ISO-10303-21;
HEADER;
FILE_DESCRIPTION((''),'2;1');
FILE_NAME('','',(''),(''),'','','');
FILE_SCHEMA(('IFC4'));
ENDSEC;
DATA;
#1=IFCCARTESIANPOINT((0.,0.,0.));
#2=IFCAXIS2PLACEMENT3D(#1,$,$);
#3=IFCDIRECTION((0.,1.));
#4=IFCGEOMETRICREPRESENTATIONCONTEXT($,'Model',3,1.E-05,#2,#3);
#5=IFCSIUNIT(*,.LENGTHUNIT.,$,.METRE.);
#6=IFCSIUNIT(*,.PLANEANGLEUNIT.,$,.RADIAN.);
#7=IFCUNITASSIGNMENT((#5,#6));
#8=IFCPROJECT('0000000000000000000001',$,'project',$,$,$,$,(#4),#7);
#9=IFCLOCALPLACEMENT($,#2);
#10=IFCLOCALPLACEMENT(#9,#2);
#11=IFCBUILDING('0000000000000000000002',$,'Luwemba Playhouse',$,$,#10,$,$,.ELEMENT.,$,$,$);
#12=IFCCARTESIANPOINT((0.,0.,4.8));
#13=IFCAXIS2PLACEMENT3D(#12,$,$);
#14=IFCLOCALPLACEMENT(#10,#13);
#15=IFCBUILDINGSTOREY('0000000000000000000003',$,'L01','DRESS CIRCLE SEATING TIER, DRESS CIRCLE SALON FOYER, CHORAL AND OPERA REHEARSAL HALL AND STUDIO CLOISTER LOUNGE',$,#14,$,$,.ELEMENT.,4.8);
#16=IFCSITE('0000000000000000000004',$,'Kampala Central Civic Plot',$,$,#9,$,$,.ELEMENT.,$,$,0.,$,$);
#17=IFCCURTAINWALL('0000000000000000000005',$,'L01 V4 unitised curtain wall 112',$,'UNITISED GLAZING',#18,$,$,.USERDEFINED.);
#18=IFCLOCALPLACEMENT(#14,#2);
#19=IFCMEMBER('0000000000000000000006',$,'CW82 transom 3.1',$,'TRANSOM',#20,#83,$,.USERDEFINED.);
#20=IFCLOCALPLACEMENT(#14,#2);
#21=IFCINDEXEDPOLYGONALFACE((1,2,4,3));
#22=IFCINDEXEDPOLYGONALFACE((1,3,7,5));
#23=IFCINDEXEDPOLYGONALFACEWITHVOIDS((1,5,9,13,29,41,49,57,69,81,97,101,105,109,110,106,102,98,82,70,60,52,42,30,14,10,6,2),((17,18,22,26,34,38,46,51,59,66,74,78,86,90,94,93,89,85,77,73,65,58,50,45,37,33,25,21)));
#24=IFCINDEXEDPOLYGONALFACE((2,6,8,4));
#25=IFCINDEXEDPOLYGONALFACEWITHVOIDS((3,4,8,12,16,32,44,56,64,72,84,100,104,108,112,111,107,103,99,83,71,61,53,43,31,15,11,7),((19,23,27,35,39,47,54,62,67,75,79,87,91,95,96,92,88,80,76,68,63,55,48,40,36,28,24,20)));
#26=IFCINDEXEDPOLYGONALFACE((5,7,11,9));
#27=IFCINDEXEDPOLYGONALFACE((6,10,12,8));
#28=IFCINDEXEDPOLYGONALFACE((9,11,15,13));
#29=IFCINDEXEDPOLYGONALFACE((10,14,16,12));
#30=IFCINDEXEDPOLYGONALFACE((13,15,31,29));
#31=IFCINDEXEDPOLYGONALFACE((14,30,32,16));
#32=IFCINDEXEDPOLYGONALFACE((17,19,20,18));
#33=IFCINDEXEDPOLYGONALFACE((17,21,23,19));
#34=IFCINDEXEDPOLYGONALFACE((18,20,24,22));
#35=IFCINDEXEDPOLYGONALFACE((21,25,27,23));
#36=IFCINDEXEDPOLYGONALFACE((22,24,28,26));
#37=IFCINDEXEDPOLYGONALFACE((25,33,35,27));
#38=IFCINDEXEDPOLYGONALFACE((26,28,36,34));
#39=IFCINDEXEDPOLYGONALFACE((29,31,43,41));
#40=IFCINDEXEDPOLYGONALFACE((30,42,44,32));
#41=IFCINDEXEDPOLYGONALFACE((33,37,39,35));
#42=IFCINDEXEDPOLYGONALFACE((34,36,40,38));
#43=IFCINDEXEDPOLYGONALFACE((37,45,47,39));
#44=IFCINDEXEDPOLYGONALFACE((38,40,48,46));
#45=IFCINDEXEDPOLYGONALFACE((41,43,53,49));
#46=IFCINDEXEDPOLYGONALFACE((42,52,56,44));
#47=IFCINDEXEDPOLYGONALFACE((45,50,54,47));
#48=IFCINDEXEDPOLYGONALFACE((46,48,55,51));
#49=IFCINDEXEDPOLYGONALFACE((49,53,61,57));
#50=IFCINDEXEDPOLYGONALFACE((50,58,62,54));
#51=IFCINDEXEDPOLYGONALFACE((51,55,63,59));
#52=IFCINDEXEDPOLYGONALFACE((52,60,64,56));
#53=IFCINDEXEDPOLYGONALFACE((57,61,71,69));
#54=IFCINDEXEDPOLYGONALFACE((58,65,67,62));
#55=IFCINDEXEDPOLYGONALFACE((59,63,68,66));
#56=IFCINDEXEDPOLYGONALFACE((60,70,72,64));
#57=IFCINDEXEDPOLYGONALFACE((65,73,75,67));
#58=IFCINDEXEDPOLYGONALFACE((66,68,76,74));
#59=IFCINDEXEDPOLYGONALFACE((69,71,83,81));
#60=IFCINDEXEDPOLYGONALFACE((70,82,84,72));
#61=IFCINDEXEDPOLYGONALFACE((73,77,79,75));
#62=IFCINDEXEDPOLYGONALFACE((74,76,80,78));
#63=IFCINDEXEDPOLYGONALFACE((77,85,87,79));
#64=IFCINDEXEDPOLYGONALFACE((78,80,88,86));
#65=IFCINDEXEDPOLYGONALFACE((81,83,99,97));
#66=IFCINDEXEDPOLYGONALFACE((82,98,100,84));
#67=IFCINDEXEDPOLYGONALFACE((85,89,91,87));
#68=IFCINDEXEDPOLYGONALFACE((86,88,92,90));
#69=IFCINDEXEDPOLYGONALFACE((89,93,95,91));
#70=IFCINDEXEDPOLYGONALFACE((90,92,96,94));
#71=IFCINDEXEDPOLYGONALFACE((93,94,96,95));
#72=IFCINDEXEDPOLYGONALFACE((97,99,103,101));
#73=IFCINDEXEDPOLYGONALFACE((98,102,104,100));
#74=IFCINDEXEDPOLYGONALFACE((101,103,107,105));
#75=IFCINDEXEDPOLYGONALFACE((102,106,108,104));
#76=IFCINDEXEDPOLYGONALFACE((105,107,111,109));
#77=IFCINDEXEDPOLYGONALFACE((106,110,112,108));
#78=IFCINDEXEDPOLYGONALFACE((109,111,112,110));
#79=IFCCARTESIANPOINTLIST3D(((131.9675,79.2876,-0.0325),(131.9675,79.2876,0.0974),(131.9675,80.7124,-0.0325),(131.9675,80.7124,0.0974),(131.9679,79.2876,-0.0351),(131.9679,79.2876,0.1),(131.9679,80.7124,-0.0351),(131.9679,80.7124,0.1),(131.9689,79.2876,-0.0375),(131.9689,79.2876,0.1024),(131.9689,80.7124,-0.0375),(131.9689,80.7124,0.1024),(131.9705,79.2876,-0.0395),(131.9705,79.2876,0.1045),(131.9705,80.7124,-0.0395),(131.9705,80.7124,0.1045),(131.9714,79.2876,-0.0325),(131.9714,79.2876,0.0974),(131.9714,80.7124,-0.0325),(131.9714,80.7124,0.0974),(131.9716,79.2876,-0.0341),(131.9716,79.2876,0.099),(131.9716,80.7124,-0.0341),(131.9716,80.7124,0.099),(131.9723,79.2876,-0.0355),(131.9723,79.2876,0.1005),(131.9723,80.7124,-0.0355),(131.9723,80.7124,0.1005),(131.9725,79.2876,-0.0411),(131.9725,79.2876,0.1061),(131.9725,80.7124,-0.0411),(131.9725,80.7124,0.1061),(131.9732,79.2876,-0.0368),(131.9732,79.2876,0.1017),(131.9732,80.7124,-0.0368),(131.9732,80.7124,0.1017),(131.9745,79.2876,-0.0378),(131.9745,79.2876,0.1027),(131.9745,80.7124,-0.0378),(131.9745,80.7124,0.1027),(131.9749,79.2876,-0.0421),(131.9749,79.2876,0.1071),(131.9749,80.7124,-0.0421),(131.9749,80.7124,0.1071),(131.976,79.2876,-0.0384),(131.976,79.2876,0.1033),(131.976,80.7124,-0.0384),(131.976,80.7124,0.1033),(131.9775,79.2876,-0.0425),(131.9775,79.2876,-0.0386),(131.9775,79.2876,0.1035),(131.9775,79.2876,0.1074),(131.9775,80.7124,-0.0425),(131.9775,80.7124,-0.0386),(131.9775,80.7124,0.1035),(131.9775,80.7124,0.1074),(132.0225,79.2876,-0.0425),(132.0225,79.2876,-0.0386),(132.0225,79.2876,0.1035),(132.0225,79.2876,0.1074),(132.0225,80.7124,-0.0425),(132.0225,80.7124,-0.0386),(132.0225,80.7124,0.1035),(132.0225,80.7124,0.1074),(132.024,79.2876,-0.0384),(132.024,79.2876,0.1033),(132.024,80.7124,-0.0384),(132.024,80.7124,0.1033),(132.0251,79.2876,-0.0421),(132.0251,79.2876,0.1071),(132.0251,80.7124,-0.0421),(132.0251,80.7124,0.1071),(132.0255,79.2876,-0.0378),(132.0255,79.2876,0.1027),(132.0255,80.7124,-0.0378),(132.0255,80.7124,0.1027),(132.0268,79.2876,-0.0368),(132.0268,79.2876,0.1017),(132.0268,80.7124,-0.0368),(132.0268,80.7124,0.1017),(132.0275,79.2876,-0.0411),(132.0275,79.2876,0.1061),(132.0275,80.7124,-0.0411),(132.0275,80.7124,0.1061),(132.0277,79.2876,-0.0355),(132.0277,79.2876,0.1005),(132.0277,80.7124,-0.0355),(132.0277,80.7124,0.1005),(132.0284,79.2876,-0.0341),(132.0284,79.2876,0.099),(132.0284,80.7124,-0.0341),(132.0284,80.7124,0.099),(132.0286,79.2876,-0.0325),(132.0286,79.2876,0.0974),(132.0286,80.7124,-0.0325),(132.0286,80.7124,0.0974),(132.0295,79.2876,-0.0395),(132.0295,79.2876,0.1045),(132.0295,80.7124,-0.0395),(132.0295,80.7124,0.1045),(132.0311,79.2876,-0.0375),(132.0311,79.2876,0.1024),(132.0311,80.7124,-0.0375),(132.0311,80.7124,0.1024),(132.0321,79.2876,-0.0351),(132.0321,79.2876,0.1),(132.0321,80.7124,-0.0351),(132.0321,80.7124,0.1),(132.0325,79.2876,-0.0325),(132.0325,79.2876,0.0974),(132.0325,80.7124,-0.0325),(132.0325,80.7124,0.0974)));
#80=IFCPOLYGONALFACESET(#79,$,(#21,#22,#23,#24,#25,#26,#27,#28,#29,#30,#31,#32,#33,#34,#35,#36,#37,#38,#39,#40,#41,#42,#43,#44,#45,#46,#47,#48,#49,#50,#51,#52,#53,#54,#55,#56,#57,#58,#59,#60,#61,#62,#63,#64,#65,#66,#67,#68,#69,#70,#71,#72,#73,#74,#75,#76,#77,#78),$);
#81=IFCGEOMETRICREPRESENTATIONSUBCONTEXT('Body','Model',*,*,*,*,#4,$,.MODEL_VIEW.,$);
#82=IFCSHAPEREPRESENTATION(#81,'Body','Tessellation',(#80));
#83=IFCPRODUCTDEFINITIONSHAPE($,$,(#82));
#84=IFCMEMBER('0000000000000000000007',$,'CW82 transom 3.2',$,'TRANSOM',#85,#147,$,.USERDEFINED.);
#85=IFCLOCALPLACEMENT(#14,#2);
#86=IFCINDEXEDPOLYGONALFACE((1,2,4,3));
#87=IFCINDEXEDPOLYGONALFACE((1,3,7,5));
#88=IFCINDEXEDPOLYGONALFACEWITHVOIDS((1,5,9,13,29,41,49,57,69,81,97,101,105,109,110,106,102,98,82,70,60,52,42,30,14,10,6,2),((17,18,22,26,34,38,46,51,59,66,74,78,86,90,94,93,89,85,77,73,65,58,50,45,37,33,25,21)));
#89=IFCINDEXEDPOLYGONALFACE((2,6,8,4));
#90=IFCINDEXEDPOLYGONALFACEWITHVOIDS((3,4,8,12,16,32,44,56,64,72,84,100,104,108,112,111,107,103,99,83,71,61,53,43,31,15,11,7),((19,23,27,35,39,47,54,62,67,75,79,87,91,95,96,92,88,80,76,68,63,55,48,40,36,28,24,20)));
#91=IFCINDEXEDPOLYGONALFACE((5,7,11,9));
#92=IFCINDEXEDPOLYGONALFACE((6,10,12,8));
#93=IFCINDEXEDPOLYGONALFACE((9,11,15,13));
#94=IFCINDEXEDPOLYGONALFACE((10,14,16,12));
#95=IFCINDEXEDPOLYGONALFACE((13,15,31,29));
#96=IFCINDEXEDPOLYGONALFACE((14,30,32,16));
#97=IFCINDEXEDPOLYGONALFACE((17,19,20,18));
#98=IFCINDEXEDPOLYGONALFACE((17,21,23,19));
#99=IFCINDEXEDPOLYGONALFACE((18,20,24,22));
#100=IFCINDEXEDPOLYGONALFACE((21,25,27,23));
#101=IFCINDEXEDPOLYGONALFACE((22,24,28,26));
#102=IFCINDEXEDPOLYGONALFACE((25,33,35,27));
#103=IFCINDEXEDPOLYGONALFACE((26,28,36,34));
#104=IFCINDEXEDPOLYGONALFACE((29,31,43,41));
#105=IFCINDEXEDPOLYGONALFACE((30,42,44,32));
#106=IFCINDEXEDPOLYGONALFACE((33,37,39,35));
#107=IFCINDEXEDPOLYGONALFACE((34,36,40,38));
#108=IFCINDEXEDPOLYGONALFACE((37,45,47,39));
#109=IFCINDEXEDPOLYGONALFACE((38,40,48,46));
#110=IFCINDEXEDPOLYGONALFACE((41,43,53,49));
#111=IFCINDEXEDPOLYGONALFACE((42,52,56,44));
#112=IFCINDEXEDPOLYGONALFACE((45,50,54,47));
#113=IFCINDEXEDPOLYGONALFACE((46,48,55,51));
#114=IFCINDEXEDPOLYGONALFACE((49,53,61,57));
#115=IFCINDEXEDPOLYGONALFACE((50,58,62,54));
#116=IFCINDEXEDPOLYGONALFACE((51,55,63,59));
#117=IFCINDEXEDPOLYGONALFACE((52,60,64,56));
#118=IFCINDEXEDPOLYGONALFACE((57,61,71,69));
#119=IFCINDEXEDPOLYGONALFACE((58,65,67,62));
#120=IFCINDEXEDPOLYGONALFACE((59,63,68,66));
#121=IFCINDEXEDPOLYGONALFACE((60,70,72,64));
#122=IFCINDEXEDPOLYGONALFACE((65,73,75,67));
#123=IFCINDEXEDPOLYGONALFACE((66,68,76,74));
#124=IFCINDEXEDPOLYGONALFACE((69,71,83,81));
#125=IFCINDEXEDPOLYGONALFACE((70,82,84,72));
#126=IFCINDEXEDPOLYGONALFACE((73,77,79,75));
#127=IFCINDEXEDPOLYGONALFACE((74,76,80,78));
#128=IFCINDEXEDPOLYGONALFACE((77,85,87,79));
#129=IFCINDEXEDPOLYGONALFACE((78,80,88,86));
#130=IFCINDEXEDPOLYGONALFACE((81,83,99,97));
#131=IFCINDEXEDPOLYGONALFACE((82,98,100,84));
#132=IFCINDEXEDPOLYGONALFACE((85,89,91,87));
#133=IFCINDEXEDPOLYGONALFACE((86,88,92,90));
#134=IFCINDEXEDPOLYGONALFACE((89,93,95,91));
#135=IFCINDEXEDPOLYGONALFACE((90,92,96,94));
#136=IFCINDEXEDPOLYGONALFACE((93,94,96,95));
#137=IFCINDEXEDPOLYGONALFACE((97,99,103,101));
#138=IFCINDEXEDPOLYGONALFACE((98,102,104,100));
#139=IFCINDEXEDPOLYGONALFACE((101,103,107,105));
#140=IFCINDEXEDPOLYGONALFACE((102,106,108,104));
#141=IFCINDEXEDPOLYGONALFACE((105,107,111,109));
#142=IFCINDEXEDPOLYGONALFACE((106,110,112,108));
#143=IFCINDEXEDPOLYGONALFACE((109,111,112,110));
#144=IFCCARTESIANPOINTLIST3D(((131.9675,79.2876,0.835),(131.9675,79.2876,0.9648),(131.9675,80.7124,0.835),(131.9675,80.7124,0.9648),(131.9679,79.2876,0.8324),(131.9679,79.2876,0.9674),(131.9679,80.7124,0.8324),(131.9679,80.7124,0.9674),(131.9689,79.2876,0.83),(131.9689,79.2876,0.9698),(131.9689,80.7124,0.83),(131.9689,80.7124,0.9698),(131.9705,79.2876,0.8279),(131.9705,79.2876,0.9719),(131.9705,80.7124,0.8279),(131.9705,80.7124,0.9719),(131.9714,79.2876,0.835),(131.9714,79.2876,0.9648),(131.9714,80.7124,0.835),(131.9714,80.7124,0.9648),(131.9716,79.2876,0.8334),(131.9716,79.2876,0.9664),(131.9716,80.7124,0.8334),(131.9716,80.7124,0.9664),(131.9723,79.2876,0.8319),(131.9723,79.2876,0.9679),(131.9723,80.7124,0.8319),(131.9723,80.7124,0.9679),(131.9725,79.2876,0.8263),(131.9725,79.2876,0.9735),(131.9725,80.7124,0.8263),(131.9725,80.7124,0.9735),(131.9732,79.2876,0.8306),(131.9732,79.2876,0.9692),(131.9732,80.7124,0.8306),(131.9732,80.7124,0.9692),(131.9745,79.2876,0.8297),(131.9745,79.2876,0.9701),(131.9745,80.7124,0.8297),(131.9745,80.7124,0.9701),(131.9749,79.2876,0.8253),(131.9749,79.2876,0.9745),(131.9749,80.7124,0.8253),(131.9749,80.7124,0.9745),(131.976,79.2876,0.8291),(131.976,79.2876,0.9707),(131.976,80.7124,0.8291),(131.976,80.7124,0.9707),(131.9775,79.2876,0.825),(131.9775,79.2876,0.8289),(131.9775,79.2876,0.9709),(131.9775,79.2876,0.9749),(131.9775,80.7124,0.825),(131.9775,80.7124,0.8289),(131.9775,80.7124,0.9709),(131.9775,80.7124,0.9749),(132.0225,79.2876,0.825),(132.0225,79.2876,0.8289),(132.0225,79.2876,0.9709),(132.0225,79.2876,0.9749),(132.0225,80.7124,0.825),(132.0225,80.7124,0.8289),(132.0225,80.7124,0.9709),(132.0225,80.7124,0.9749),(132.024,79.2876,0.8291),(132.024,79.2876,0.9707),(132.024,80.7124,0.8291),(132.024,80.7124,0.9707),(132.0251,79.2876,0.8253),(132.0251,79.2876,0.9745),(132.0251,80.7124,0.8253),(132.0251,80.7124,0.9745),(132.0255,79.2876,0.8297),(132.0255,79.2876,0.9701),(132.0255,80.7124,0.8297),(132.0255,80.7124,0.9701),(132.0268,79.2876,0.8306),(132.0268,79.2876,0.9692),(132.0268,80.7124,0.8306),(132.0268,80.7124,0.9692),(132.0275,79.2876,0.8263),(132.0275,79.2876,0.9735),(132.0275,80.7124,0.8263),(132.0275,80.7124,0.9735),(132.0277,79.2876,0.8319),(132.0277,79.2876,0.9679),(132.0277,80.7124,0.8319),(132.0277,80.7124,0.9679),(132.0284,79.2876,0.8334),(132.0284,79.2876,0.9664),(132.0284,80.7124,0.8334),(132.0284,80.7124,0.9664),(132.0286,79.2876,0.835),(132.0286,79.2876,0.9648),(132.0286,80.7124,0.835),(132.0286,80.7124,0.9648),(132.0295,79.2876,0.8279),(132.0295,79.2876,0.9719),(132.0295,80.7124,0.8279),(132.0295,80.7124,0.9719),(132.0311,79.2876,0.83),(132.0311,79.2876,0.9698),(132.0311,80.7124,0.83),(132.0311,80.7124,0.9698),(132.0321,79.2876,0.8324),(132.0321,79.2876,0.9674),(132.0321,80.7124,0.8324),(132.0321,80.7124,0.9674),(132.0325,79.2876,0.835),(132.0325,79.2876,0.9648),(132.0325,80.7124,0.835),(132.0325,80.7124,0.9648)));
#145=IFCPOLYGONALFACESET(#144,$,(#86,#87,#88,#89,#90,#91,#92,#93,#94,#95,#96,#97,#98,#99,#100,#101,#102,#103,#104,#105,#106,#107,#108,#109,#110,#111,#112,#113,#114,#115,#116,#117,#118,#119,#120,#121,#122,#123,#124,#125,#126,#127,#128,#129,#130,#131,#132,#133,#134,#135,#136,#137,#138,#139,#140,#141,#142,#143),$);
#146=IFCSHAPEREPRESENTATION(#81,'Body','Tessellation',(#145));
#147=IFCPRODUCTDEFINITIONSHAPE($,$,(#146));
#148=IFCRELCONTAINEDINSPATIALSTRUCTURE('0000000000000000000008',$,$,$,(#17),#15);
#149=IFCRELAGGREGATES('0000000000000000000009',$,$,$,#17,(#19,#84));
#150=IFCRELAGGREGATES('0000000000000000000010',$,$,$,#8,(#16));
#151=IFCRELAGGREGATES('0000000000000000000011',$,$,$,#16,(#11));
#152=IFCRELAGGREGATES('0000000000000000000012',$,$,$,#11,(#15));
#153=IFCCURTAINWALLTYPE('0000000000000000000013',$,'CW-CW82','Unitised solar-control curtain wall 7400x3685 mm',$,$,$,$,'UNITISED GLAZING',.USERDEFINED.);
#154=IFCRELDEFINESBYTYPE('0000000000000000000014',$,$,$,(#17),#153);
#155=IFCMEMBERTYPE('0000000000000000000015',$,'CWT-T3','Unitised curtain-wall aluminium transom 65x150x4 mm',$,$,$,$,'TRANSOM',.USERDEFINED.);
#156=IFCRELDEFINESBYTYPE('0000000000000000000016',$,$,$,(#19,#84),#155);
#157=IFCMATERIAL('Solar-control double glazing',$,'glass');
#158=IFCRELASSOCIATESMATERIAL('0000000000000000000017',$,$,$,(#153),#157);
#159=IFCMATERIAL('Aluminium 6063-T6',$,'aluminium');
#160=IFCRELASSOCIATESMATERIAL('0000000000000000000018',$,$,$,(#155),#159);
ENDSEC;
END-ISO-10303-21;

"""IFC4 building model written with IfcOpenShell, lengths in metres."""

from ifc_helpers import new_model, si_unit, direction, frame, origin, origin_2d, place, context, subcontext, project, spatial, hollow_rectangle, extrude, material, material_profile, profile_set, type_object, element, aggregate, save


model = new_model("IFC4")

# Units and contexts
model_context = context("Model", 3, precision=1e-05, world=origin(), true_north=direction((0.0, 1.0)))
body_context = subcontext(model_context, "Body", "Model", "MODEL_VIEW")
ifc_project = project(units=[si_unit("LENGTHUNIT", "METRE"), si_unit("PLANEANGLEUNIT", "RADIAN")], contexts=[model_context])

# Site, building, storey
site_placement = place(None, origin())
site = spatial("IfcSite", under=ifc_project, at=site_placement, Name="Kampala Central Civic Plot", CompositionType="ELEMENT", RefElevation=0.0)
building_placement = place(site_placement, origin())
building = spatial("IfcBuilding", under=site, at=building_placement, Name="Luwemba Playhouse", CompositionType="ELEMENT")
storey_placement = place(building_placement, frame((0.0, 0.0, 4.8)))
storey = spatial("IfcBuildingStorey", under=building, at=storey_placement, Name="L01", Description="DRESS CIRCLE SEATING TIER, DRESS CIRCLE SALON FOYER, CHORAL AND OPERA REHEARSAL HALL AND STUDIO CLOISTER LOUNGE", CompositionType="ELEMENT", Elevation=4.8)

# Curtain wall, members
ifc_material_1 = material(Name="Solar-control double glazing", Category="glass")
curtain_wall_type = type_object("IfcCurtainWallType", Name="CW-CW82", Description="Unitised solar-control curtain wall 7400x3685 mm", ElementType="UNITISED GLAZING", PredefinedType="USERDEFINED", material=ifc_material_1)
curtain_wall_placement = place(storey_placement, origin())
curtain_wall = element("IfcCurtainWall", 1, at=curtain_wall_placement, inside=storey, type_object=curtain_wall_type, Name="L01 V4 unitised curtain wall 112", ObjectType="UNITISED GLAZING", PredefinedType="USERDEFINED")
ifc_material_2 = material(Name="Aluminium 6063-T6", Category="aluminium")
ifc_material_profile_1 = material_profile(ifc_material_2, hollow_rectangle(XDim=0.0649, YDim=0.1499, WallThickness=0.0039, InnerFilletRadius=0.0061, OuterFilletRadius=0.01, at=origin_2d()))
ifc_profile_set_1 = profile_set([ifc_material_profile_1], Name="Aluminium 6063-T6")
member_type_1 = type_object("IfcMemberType", Name="CWT-T3", Description="Unitised curtain-wall aluminium transom 65x150x4 mm", ElementType="TRANSOM", PredefinedType="USERDEFINED", material=ifc_profile_set_1)
member_1_placement = place(storey_placement, frame((132.0, 79.2876, 0.0325), z_axis=(0.0, 1.0, 0.0), x_axis=(-1.0, 0.0, 0.0)))
member_1 = element("IfcMember", 2, at=member_1_placement, type_object=member_type_1, Name="CW82 transom 3.1", ObjectType="TRANSOM", PredefinedType="USERDEFINED", context=body_context, shape_type="SweptSolid", body=[
    extrude(hollow_rectangle(XDim=0.0649, YDim=0.1499, WallThickness=0.0039, InnerFilletRadius=0.0061, OuterFilletRadius=0.01, at=origin_2d()), origin(), (0.0, 0.0, 1.0), 1.4248),
])
member_2_placement = place(storey_placement, frame((132.0, 79.2876, 0.8999), z_axis=(0.0, 1.0, 0.0), x_axis=(-1.0, 0.0, 0.0)))
member_2 = element("IfcMember", 3, at=member_2_placement, type_object=member_type_1, Name="CW82 transom 3.2", ObjectType="TRANSOM", PredefinedType="USERDEFINED", context=body_context, shape_type="SweptSolid", body=[
    extrude(hollow_rectangle(XDim=0.0649, YDim=0.1499, WallThickness=0.0039, InnerFilletRadius=0.0061, OuterFilletRadius=0.01, at=origin_2d()), origin(), (0.0, 0.0, 1.0), 1.4248),
])
aggregate(curtain_wall, [member_1, member_2])

save(model, "model.ifc")
